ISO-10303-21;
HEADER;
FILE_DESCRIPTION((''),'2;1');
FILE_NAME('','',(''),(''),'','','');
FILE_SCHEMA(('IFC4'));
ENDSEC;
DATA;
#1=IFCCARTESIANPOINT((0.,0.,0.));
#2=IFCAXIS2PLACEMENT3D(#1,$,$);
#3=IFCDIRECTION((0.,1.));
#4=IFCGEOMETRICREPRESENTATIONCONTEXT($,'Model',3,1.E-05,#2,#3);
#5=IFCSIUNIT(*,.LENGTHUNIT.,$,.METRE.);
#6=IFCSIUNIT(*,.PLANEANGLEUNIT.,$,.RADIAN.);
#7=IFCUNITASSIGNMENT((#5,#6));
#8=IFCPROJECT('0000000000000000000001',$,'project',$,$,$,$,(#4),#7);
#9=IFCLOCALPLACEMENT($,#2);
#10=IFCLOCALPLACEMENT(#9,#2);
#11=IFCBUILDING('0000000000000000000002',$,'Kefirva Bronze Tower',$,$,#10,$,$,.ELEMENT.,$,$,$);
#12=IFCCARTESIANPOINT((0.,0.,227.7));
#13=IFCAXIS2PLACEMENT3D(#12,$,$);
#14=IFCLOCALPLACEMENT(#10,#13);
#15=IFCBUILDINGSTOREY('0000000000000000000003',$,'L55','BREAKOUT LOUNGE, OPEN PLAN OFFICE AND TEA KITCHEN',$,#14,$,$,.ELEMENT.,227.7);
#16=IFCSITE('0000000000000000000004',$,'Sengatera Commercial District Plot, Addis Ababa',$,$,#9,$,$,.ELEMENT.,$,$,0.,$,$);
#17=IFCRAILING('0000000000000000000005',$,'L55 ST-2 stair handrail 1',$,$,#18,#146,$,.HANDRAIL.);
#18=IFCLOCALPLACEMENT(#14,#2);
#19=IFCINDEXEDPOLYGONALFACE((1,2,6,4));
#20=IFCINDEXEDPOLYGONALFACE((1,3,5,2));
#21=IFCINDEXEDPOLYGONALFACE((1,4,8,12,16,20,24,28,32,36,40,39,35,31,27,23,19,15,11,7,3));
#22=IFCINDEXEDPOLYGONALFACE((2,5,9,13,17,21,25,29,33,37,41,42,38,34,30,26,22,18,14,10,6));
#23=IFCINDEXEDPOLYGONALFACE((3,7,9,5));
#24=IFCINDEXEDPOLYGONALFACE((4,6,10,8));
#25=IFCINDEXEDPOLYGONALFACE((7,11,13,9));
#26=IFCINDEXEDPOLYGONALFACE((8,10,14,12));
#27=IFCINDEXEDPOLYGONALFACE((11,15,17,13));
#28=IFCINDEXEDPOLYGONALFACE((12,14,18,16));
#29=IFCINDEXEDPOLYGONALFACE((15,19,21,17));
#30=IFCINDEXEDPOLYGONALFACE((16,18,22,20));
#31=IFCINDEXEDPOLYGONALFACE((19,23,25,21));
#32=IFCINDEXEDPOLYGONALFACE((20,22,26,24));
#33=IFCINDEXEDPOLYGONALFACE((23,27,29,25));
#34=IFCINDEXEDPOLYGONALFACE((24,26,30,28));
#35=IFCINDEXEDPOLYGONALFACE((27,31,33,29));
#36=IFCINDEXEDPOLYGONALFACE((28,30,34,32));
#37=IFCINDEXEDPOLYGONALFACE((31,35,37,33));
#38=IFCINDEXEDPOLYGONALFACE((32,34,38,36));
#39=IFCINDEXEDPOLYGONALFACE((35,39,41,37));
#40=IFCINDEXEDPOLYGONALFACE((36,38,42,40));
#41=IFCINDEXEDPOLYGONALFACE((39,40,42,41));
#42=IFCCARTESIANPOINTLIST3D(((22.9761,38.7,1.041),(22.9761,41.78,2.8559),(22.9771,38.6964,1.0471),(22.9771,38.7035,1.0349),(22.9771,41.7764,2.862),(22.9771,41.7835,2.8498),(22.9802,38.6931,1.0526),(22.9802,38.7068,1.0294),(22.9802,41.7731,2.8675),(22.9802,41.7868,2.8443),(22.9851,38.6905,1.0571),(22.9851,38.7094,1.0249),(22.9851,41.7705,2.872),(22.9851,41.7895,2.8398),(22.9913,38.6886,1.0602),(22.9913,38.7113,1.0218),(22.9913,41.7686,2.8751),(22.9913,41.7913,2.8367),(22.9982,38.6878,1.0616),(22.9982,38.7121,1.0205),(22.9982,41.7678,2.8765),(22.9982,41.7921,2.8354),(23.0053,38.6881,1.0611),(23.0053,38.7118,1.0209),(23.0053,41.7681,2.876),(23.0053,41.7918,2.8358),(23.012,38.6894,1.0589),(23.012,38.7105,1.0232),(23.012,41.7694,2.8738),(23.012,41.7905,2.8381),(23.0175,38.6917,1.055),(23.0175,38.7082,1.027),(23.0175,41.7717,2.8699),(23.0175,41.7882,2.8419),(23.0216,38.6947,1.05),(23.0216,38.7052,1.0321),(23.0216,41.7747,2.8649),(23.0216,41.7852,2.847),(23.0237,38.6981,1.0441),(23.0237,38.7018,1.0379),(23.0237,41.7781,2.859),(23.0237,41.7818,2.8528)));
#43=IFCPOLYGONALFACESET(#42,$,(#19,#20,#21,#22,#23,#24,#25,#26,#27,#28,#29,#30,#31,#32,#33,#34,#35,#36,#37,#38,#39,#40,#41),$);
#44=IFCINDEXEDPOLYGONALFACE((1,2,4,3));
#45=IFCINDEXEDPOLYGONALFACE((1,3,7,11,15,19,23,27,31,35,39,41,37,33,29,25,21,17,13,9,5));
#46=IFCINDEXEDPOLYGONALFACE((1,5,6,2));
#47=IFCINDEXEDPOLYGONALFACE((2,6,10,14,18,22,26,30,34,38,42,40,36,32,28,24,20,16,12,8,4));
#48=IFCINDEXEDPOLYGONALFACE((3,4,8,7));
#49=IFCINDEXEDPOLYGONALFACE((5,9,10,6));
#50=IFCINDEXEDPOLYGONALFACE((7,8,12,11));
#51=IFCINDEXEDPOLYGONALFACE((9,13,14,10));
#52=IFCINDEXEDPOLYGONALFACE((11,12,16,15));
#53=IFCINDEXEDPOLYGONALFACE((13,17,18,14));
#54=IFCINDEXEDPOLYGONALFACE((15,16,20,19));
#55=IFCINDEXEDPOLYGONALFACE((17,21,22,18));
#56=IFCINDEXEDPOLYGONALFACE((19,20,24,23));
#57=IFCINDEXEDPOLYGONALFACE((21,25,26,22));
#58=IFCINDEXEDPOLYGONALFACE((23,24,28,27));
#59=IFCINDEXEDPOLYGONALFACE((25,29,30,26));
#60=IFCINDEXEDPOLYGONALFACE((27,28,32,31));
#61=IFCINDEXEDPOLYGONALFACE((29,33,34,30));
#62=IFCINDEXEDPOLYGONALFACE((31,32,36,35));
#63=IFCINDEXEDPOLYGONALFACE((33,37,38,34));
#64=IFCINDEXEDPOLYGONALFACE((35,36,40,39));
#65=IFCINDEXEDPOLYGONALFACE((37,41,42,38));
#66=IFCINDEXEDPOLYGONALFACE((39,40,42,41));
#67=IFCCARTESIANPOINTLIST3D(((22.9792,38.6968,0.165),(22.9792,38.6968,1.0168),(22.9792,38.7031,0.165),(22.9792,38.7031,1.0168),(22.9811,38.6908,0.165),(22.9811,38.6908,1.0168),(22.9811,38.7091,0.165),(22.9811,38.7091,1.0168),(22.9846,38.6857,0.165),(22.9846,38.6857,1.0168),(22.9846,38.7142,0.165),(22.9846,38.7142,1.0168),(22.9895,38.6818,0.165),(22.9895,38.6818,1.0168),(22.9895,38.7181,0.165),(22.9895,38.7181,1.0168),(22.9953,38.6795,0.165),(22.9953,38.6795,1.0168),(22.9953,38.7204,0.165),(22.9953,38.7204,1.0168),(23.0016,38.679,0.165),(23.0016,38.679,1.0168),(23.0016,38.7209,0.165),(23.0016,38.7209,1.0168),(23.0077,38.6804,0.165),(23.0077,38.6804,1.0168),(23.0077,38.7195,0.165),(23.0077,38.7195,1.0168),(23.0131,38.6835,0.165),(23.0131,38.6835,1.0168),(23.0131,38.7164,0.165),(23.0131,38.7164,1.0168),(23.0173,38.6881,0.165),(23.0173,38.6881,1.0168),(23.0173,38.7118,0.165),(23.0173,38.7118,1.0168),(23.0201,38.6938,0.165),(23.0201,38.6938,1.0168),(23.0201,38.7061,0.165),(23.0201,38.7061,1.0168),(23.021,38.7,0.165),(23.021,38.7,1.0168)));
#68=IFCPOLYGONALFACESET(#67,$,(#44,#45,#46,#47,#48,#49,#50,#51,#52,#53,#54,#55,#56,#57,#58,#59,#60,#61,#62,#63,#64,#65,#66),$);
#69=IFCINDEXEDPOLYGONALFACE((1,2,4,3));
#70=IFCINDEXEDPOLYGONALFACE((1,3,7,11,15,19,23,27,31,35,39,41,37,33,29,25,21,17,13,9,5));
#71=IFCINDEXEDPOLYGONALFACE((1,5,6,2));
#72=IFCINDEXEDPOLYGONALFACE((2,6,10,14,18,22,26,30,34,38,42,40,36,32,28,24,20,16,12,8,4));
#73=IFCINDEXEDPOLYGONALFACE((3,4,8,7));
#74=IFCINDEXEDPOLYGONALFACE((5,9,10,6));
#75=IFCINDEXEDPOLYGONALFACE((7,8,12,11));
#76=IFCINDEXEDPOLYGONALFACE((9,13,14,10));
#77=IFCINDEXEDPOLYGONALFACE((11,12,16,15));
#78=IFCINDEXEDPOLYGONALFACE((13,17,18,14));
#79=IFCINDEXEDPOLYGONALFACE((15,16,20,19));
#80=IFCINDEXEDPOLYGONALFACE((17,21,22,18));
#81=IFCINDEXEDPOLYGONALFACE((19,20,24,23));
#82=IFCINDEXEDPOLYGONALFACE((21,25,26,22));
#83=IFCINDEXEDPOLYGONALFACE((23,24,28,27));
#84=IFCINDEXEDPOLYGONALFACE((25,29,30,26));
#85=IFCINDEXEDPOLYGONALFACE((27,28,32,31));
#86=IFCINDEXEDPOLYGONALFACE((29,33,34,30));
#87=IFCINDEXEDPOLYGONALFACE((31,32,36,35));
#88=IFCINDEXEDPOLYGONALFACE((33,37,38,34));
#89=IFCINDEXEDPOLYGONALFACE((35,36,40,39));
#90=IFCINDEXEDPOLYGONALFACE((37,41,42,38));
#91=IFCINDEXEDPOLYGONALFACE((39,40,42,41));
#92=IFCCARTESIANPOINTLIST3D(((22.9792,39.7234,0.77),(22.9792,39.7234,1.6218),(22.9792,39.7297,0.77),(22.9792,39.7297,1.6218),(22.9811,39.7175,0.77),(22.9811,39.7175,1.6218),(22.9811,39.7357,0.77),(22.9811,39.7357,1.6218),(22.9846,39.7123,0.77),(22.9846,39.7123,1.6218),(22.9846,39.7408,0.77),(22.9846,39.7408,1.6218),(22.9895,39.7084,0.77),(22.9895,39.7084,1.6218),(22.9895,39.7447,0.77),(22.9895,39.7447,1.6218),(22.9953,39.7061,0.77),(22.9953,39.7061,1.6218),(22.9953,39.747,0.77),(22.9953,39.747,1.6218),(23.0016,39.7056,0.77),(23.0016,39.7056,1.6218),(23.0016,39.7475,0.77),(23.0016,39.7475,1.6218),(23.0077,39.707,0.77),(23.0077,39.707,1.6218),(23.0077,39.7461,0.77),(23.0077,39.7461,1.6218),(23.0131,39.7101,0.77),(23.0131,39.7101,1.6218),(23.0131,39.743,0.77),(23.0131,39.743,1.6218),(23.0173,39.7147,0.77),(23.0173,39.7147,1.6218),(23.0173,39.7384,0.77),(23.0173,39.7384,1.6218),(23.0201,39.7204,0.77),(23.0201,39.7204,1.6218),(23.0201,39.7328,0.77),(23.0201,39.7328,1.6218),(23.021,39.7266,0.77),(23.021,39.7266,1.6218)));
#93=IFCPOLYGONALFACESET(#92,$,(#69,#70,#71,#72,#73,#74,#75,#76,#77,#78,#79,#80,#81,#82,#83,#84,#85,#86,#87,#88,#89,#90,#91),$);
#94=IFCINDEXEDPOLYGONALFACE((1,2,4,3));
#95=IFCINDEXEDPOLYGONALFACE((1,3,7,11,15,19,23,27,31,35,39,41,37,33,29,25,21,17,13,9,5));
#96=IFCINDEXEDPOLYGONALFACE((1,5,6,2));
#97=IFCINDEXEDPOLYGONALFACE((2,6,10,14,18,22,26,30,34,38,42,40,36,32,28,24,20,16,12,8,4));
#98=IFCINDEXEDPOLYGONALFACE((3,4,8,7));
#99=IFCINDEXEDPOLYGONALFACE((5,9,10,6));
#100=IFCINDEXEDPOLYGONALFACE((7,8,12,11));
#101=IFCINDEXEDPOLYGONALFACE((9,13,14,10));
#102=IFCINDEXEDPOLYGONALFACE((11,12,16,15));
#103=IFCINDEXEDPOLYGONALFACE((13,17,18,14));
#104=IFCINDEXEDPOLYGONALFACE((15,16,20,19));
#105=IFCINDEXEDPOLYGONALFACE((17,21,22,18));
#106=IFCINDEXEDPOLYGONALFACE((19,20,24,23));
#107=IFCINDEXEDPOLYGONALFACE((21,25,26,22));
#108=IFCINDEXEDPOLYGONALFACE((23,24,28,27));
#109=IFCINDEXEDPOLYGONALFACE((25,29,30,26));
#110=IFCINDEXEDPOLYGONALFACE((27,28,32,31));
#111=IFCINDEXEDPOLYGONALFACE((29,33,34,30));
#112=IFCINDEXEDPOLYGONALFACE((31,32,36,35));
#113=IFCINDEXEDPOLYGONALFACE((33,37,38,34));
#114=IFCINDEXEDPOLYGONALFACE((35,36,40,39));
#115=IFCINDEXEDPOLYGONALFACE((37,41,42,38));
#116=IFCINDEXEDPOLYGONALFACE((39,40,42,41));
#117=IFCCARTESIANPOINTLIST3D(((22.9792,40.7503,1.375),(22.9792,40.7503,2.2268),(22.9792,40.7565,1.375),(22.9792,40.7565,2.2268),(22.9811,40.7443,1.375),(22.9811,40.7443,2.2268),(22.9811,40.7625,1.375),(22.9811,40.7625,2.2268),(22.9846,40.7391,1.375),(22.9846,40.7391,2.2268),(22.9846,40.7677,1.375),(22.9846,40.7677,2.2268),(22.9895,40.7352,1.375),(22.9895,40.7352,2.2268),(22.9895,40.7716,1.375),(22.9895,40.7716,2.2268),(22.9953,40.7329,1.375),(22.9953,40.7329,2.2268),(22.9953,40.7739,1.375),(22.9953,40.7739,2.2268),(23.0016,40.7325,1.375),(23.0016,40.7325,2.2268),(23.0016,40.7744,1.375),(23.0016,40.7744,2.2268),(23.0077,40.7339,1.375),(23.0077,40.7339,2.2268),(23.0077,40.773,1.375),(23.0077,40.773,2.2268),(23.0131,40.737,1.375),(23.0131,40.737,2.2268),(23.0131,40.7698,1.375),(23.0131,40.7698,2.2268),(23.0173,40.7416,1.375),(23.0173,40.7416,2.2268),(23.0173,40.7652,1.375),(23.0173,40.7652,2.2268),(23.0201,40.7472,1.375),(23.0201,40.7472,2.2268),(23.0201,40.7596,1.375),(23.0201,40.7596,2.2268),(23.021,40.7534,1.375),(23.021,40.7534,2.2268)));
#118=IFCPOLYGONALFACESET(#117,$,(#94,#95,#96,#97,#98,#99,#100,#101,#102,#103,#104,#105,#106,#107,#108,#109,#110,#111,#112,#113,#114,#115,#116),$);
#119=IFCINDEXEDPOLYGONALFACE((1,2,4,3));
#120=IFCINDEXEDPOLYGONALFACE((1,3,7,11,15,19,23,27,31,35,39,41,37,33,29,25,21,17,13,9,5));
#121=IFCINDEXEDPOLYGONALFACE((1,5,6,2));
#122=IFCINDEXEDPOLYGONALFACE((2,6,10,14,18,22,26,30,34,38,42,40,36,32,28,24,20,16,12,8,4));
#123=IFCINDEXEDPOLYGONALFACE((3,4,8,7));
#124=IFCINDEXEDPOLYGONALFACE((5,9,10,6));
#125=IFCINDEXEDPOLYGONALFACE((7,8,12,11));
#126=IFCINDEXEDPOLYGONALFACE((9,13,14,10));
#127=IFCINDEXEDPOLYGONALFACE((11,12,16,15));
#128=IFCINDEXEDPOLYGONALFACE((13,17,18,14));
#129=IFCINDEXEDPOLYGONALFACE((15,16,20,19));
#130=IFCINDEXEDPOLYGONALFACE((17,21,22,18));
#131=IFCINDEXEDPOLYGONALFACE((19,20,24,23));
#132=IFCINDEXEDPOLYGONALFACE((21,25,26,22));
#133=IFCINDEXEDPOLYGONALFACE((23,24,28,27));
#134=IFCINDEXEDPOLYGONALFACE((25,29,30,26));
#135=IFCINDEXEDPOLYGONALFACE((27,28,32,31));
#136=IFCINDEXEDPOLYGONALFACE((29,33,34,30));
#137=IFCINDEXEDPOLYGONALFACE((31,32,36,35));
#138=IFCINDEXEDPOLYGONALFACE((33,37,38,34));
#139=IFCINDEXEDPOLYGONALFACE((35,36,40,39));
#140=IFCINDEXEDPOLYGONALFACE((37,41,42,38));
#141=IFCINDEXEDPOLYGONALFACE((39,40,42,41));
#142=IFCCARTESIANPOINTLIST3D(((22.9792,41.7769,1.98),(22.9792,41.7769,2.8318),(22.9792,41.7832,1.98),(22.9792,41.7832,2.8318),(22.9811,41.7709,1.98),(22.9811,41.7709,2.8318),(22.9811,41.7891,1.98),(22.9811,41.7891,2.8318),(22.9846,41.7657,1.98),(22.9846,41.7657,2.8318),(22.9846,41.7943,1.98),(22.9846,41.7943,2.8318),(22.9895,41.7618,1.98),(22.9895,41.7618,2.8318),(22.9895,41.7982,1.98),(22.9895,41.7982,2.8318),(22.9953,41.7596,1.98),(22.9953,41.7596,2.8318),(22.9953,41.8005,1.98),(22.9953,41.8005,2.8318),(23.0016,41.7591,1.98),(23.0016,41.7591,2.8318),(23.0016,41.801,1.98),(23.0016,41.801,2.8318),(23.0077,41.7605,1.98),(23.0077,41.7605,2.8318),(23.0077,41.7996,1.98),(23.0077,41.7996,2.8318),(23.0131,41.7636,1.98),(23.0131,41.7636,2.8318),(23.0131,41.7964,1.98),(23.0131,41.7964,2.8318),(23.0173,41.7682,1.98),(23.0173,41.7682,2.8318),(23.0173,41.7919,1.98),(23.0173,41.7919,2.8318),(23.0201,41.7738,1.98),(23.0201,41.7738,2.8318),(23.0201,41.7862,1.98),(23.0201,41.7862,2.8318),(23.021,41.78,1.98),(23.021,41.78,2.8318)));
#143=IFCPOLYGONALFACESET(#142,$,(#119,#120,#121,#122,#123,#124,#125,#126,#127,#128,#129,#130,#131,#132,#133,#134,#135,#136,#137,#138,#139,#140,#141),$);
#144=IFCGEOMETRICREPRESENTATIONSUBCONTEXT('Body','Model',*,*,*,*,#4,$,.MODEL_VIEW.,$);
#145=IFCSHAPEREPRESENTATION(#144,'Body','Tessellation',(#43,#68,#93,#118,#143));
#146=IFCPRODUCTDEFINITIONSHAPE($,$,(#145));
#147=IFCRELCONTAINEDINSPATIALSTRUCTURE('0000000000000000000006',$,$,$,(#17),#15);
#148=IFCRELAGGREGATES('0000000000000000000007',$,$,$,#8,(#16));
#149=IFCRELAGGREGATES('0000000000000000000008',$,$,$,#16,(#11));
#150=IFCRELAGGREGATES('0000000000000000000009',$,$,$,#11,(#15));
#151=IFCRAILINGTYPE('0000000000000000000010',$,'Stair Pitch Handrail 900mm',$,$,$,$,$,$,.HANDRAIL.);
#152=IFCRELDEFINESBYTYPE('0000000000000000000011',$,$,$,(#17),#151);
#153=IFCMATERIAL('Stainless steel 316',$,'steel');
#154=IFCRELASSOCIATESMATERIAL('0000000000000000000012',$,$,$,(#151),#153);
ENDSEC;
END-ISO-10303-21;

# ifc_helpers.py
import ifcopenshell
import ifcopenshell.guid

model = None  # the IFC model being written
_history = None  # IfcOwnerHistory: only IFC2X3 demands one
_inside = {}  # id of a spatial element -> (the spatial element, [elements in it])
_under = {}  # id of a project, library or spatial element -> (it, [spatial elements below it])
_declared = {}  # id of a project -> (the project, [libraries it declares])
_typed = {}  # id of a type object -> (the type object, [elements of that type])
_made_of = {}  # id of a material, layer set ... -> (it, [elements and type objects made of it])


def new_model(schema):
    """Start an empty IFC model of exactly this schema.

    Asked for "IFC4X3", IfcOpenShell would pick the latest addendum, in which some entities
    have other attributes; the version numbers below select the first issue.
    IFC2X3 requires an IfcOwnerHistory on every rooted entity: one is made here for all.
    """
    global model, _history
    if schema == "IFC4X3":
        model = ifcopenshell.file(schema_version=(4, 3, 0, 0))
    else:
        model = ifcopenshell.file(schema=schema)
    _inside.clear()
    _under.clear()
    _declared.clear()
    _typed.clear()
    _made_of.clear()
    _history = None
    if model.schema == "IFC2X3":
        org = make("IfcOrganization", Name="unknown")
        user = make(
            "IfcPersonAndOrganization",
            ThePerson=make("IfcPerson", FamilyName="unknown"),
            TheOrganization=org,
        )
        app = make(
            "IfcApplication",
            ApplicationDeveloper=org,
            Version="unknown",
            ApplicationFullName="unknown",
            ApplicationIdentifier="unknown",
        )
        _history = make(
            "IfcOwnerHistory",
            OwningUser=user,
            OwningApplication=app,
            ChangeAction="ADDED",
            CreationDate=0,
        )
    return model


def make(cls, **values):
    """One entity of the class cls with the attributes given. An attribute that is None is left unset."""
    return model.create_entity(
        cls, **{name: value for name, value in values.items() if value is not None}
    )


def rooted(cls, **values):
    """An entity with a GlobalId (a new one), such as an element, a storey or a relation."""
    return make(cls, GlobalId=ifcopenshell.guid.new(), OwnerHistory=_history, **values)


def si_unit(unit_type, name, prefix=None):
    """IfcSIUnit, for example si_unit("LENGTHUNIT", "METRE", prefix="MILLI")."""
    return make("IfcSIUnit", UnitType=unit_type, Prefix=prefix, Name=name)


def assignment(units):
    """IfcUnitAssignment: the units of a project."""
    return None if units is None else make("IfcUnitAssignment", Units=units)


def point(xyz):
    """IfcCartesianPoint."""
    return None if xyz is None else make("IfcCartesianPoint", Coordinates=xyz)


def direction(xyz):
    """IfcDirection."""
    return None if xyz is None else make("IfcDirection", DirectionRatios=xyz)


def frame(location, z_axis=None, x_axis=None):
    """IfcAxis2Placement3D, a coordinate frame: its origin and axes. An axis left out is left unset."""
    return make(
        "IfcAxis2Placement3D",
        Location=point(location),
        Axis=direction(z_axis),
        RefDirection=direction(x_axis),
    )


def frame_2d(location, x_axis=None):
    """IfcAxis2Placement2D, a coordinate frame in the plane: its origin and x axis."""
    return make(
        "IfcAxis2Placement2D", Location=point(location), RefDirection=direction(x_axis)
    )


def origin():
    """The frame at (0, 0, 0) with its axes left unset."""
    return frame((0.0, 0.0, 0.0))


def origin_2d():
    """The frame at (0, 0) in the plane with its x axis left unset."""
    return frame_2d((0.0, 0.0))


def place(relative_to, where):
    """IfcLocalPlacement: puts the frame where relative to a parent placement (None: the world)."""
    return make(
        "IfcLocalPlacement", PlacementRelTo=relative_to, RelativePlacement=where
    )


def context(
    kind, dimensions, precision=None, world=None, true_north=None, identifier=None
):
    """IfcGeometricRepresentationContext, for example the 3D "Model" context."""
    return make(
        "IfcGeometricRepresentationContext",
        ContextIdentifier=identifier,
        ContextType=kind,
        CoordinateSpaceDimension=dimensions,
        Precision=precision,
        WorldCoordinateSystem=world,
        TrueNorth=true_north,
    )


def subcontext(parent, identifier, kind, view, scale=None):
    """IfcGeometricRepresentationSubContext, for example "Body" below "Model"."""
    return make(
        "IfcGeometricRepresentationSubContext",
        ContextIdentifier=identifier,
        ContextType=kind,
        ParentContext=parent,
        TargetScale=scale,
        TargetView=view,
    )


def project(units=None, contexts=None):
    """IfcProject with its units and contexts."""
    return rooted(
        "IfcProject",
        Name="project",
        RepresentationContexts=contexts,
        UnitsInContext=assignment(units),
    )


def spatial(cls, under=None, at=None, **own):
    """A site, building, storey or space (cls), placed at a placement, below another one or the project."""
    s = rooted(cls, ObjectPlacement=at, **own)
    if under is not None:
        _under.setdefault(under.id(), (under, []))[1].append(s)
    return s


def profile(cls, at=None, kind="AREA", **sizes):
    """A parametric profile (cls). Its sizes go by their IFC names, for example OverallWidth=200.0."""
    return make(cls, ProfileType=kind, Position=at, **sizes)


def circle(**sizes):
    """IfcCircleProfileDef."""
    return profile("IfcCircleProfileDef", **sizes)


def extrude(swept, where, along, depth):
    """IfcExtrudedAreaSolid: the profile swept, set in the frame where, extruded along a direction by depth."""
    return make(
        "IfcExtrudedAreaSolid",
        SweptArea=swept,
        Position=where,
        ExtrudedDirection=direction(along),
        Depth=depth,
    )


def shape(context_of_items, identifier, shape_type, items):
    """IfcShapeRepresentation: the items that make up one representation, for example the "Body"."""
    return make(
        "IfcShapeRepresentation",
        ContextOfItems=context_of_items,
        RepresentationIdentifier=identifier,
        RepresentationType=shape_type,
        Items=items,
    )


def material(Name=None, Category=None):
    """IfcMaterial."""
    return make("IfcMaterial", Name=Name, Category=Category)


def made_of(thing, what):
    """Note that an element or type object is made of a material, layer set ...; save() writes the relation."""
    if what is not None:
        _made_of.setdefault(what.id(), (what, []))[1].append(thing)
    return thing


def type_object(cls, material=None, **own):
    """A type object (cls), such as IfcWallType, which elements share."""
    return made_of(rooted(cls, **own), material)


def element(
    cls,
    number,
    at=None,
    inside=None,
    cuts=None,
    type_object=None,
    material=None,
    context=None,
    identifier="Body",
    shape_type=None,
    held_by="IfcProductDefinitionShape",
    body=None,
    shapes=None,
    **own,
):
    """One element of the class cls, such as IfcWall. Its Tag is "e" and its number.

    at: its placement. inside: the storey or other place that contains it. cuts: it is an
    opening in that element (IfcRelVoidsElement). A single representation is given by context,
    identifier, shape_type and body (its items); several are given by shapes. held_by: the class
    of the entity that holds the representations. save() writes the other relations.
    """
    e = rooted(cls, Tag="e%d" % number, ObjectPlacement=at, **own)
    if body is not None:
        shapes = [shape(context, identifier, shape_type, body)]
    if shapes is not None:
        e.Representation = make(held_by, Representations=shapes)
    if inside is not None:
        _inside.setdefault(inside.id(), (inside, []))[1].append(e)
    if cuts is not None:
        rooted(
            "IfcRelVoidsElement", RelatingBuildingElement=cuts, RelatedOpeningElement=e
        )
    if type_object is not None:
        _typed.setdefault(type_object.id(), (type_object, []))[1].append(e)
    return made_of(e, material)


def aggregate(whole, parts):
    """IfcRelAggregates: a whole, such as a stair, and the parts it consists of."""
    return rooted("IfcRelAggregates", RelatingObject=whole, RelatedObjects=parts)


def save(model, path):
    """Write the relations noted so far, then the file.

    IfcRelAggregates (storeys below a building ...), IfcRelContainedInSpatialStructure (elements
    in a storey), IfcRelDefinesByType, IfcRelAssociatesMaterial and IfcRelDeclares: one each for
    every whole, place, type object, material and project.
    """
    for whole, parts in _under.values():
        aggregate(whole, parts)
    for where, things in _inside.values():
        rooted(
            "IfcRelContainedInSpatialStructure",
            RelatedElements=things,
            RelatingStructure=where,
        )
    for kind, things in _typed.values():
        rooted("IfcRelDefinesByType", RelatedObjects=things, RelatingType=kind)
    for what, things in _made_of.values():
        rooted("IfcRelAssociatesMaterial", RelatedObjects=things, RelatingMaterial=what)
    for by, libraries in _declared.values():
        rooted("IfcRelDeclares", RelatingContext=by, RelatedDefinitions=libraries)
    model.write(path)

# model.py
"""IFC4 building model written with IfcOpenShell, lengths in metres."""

from ifc_helpers import new_model, si_unit, direction, frame, origin, origin_2d, place, context, subcontext, project, spatial, circle, extrude, material, type_object, element, save


model = new_model("IFC4")

# Units and contexts
model_context = context("Model", 3, precision=1e-05, world=origin(), true_north=direction((0.0, 1.0)))
body_context = subcontext(model_context, "Body", "Model", "MODEL_VIEW")
ifc_project = project(units=[si_unit("LENGTHUNIT", "METRE"), si_unit("PLANEANGLEUNIT", "RADIAN")], contexts=[model_context])

# Site, building, storey
site_placement = place(None, origin())
site = spatial("IfcSite", under=ifc_project, at=site_placement, Name="Sengatera Commercial District Plot, Addis Ababa", CompositionType="ELEMENT", RefElevation=0.0)
building_placement = place(site_placement, origin())
building = spatial("IfcBuilding", under=site, at=building_placement, Name="Kefirva Bronze Tower", CompositionType="ELEMENT")
storey_placement = place(building_placement, frame((0.0, 0.0, 227.7)))
storey = spatial("IfcBuildingStorey", under=building, at=storey_placement, Name="L55", Description="BREAKOUT LOUNGE, OPEN PLAN OFFICE AND TEA KITCHEN", CompositionType="ELEMENT", Elevation=227.7)

# Railing
ifc_material_1 = material(Name="Stainless steel 316", Category="steel")
railing_type_1 = type_object("IfcRailingType", Name="Stair Pitch Handrail 900mm", PredefinedType="HANDRAIL", material=ifc_material_1)
railing_1_placement = place(storey_placement, frame((23.0, 38.7, 0.165)))
element("IfcRailing", 1, at=railing_1_placement, inside=storey, type_object=railing_type_1, Name="L55 ST-2 stair handrail 1", PredefinedType="HANDRAIL", context=body_context, shape_type="SweptSolid", body=[
    extrude(circle(Radius=0.0239, at=origin_2d()), frame((0.0, 0.0, 0.876), z_axis=(0.0, 0.861551, 0.507671), x_axis=(-1.0, 0.0, 0.0)), (0.0, 0.0, 1.0), 3.575),
    extrude(circle(Radius=0.021, at=origin_2d()), origin(), (0.0, 0.0, 1.0), 0.8518),
    extrude(circle(Radius=0.021, at=origin_2d()), frame((0.0, 1.0266, 0.605)), (0.0, 0.0, 1.0), 0.8518),
    extrude(circle(Radius=0.021, at=origin_2d()), frame((0.0, 2.0535, 1.21)), (0.0, 0.0, 1.0), 0.8518),
    extrude(circle(Radius=0.021, at=origin_2d()), frame((0.0, 3.0801, 1.8149)), (0.0, 0.0, 1.0), 0.8518),
])

save(model, "model.ifc")
